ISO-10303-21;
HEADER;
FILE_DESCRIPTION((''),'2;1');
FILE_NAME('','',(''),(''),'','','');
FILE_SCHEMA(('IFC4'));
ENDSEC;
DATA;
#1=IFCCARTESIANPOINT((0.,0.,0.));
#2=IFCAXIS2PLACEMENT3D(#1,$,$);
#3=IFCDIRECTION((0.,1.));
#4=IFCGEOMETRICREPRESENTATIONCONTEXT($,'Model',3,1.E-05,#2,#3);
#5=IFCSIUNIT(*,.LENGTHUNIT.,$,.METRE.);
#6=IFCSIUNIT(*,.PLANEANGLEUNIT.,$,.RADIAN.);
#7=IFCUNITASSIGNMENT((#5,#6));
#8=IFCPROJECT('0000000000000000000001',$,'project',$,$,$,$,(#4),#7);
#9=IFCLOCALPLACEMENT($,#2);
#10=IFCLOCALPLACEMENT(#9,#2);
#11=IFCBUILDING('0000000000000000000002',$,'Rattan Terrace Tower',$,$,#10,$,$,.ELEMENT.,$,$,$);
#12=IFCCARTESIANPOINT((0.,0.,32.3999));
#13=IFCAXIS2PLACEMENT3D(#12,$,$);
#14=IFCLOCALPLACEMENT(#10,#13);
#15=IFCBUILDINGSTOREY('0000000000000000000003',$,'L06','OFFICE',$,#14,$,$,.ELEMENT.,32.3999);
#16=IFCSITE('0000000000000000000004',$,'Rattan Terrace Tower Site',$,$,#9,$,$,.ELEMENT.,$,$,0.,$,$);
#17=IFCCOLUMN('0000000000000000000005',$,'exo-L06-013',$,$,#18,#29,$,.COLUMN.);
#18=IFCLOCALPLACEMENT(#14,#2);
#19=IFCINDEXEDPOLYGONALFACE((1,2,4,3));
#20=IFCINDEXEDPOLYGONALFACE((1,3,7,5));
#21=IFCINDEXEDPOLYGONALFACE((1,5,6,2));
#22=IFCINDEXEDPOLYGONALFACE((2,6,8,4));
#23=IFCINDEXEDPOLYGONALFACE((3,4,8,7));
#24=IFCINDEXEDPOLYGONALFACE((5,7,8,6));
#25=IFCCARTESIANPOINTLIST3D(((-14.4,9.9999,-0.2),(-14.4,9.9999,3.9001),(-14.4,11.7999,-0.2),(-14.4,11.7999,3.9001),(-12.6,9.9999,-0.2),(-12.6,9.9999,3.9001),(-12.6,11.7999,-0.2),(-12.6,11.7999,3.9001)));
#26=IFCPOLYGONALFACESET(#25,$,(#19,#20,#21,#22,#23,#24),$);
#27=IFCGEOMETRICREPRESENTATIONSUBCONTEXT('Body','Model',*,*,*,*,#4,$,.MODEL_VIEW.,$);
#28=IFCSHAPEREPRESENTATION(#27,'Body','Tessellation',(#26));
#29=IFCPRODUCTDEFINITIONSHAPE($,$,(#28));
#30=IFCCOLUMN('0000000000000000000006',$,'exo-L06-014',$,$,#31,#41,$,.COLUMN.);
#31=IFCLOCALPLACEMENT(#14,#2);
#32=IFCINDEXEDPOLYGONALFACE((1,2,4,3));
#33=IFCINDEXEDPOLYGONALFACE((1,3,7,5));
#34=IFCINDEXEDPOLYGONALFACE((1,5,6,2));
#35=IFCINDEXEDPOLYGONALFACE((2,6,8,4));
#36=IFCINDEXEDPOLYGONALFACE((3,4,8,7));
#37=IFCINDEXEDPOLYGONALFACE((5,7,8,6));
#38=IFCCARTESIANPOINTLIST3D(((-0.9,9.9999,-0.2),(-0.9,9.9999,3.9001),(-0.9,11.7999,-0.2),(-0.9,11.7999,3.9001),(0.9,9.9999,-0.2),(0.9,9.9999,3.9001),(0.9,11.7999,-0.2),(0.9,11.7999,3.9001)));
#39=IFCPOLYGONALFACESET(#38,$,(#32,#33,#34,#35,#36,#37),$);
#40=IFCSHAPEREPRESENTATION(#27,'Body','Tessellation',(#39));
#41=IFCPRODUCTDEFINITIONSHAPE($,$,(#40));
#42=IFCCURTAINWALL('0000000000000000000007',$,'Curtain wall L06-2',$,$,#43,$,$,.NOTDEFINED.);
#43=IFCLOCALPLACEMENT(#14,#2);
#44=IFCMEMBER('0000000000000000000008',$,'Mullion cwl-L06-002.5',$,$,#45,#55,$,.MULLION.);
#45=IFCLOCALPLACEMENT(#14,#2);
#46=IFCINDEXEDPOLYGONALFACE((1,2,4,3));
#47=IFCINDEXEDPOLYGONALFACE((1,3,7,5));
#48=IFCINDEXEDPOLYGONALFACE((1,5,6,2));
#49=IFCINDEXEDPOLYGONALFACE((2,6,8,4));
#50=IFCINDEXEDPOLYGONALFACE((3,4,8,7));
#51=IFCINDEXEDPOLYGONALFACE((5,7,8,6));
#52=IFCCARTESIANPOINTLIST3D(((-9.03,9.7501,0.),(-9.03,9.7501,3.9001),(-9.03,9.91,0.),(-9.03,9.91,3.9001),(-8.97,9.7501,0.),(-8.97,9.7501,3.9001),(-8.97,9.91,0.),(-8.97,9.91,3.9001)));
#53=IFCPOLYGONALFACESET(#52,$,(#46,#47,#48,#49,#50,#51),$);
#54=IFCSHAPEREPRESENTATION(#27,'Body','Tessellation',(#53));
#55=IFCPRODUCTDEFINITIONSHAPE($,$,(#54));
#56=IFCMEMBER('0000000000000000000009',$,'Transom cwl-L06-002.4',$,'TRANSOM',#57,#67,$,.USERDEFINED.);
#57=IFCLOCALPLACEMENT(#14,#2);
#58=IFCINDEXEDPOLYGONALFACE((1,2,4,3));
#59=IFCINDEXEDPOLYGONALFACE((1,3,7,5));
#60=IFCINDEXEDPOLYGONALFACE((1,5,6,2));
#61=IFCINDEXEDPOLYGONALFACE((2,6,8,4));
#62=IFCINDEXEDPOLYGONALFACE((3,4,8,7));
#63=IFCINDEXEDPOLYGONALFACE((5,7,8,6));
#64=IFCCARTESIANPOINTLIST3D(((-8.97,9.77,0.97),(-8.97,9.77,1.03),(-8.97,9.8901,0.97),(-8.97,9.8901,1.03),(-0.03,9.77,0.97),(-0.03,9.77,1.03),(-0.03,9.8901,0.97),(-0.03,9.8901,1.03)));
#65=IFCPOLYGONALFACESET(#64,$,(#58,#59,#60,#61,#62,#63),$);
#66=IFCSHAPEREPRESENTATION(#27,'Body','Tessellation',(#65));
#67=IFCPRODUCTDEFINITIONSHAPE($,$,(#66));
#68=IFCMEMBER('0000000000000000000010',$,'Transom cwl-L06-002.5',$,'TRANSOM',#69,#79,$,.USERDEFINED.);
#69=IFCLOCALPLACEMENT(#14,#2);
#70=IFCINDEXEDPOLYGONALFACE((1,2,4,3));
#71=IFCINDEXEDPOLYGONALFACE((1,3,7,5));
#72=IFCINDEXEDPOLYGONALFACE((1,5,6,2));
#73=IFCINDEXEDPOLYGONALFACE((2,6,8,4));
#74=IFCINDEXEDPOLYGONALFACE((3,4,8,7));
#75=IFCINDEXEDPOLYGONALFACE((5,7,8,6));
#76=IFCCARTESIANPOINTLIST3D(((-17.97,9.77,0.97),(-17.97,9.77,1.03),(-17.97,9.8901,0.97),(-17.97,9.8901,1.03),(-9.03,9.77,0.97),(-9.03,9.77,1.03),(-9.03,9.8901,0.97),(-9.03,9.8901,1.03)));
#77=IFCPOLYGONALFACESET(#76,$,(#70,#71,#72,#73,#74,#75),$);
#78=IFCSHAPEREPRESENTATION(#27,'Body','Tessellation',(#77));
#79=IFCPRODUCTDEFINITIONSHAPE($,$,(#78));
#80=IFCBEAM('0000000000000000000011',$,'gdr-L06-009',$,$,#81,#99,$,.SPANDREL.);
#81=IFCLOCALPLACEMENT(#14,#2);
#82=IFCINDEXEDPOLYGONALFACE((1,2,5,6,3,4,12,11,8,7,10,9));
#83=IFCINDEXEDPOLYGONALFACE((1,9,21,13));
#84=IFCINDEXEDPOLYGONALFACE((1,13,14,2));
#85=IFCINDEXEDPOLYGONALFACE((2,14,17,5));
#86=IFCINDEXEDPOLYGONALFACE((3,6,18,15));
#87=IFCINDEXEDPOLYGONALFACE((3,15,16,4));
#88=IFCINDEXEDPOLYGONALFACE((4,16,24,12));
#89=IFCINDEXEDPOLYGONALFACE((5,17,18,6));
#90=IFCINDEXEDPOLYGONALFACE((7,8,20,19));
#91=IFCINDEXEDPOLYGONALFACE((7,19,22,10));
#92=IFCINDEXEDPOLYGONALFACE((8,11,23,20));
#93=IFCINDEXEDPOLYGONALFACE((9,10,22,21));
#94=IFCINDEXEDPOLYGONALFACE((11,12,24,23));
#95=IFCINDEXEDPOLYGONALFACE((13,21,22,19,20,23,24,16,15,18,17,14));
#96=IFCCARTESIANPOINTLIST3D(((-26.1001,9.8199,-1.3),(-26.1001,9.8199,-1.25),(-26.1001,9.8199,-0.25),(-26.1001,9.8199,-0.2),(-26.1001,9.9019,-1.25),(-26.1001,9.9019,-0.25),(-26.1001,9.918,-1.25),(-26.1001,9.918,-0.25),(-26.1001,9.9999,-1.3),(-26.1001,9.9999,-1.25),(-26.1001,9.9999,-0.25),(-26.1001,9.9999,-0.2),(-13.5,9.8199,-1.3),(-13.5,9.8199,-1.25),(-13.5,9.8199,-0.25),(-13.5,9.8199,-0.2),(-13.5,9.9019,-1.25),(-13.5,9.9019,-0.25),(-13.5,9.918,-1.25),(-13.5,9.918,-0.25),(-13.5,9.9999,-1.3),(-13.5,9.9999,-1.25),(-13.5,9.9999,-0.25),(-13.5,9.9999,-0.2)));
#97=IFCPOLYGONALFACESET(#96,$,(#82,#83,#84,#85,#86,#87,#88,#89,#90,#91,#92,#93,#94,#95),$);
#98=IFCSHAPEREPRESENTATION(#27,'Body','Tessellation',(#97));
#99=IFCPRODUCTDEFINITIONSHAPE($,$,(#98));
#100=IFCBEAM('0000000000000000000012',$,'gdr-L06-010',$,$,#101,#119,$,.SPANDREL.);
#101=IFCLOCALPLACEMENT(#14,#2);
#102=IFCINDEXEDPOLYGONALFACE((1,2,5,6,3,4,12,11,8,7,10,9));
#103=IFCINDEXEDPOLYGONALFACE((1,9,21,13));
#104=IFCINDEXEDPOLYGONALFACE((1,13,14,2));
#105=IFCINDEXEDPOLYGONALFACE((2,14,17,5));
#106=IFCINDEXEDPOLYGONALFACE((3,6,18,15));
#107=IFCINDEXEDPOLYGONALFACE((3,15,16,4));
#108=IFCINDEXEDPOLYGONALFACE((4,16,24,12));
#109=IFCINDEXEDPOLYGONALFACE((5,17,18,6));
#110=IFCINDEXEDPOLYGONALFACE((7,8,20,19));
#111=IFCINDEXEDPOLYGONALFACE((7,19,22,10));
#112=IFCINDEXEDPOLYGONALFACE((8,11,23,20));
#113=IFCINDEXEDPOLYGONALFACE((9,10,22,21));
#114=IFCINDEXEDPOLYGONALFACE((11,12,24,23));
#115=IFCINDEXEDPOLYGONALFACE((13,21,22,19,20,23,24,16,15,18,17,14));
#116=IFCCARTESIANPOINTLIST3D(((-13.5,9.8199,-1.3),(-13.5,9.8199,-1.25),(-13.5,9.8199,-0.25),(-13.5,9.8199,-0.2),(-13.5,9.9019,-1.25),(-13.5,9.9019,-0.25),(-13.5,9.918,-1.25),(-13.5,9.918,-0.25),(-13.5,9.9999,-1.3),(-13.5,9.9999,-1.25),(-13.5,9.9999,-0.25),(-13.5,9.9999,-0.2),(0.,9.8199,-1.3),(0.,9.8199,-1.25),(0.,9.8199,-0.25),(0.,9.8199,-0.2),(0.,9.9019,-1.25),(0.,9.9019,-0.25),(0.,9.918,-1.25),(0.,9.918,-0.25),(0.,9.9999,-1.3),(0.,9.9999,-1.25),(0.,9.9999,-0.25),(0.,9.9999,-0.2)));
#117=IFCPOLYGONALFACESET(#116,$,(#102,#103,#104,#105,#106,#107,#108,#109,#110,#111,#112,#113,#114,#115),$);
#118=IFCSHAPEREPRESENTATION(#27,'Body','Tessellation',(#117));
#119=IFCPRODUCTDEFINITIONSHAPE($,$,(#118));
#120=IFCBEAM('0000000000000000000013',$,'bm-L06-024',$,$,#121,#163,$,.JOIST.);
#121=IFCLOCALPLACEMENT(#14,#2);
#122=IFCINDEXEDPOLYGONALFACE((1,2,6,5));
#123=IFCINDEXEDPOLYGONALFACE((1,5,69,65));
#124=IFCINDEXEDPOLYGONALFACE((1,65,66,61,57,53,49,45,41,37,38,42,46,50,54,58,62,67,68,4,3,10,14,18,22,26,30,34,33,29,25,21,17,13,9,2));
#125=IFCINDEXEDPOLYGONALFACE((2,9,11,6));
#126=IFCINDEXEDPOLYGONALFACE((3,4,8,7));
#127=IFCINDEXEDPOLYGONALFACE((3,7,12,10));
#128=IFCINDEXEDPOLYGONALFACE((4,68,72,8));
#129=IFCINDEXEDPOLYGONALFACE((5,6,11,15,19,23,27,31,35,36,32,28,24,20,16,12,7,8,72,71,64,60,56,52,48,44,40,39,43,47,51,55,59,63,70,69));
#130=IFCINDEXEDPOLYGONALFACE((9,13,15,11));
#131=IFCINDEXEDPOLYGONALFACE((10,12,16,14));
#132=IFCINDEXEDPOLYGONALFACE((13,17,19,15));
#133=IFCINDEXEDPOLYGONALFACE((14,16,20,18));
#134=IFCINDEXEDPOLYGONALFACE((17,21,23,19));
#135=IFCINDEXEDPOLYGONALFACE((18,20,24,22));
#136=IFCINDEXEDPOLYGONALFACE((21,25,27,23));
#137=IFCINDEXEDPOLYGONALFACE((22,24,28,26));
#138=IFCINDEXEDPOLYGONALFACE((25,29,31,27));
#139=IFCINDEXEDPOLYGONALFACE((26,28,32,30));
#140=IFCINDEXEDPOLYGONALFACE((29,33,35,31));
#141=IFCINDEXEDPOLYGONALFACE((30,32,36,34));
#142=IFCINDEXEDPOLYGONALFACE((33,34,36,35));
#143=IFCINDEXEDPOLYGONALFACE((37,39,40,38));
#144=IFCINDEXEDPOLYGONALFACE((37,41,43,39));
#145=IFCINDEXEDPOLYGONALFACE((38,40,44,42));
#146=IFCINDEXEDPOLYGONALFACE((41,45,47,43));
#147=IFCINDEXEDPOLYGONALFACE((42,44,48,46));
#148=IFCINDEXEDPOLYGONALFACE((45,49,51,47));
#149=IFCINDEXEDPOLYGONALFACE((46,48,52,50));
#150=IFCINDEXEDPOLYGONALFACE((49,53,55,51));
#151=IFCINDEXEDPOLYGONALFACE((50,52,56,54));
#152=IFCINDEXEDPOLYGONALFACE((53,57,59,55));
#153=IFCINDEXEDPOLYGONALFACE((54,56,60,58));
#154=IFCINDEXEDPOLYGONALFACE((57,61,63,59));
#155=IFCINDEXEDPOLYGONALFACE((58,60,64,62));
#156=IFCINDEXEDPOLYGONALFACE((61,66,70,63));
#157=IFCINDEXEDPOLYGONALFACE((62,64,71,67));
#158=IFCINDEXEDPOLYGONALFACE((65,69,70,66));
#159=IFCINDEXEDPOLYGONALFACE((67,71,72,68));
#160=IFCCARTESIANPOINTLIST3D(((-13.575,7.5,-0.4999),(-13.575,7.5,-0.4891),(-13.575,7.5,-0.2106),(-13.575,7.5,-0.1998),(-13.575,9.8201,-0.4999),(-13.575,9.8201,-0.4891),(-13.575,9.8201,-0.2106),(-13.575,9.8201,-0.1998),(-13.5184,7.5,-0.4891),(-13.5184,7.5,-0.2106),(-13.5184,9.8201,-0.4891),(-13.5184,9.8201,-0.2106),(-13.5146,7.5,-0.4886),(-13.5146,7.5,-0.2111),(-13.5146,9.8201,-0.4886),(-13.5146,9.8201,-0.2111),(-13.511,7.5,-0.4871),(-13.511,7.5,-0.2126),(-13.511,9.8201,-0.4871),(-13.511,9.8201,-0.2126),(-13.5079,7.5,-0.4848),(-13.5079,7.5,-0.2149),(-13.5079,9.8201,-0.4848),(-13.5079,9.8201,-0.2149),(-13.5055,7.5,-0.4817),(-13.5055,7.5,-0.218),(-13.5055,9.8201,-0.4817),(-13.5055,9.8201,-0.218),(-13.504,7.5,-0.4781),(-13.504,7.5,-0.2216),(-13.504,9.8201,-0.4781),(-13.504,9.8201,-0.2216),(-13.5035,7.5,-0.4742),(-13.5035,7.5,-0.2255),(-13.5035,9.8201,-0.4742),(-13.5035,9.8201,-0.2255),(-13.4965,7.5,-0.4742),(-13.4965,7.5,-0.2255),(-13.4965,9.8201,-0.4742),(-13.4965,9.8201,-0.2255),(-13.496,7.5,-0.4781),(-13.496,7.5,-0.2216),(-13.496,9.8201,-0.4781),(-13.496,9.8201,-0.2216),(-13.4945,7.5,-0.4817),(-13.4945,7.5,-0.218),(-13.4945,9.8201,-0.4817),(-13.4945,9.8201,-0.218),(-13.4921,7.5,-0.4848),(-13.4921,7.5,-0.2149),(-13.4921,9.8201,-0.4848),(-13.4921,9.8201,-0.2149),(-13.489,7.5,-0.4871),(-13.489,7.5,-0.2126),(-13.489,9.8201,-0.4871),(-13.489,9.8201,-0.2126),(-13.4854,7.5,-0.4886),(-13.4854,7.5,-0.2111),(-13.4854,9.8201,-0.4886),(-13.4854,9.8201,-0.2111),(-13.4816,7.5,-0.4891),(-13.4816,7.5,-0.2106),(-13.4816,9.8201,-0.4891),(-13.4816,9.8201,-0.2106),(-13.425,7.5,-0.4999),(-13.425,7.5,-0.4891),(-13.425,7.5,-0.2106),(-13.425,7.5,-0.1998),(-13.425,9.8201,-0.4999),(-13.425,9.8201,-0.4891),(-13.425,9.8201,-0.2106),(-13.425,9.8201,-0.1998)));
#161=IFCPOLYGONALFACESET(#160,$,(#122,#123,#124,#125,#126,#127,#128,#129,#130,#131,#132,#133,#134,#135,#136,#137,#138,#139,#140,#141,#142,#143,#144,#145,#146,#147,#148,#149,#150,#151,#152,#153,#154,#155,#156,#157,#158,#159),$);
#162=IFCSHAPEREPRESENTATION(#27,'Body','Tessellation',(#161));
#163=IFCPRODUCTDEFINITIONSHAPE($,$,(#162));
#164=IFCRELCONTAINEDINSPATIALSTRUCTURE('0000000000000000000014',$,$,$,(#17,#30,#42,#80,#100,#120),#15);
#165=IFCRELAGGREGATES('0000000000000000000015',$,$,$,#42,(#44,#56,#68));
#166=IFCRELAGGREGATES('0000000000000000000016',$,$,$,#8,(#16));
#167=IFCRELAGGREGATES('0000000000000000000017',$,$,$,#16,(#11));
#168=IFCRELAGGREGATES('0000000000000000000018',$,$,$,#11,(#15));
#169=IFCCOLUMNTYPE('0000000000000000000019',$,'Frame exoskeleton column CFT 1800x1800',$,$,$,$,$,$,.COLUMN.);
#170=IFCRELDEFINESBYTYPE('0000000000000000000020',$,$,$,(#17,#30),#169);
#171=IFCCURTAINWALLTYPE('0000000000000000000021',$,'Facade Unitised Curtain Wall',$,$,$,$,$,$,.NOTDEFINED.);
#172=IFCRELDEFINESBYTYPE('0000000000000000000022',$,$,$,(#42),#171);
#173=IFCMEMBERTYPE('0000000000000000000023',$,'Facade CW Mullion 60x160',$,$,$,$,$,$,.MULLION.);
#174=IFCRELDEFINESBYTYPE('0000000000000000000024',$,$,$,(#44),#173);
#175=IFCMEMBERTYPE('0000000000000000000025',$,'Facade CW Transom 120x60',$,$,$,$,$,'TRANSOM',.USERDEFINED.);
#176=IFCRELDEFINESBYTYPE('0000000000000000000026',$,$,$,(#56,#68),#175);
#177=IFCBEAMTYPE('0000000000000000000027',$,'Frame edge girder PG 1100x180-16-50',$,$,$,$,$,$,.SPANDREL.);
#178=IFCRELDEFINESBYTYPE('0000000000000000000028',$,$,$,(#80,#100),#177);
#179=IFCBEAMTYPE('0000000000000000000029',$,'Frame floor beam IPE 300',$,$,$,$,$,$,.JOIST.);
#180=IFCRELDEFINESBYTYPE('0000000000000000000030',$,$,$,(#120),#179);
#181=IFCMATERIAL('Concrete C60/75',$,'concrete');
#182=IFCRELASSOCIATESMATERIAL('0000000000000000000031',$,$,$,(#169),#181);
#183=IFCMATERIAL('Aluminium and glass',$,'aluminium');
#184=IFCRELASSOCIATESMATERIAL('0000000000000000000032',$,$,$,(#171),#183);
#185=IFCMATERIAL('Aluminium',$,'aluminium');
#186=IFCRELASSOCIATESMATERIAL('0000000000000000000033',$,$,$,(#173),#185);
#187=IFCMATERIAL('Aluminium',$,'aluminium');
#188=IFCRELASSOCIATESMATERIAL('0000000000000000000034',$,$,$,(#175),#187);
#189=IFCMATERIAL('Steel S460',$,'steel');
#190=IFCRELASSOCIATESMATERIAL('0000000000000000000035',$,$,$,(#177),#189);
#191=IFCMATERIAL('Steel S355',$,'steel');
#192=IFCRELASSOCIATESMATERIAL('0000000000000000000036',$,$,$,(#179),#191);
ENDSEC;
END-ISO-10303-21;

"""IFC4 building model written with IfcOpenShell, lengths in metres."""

from ifc_helpers import new_model, si_unit, direction, frame, origin, origin_2d, place, context, subcontext, project, spatial, rectangle, i_section, extrude, material, material_profile, profile_set, type_object, element, aggregate, save


model = new_model("IFC4")

# Units and contexts
model_context = context("Model", 3, precision=1e-05, world=origin(), true_north=direction((0.0, 1.0)))
body_context = subcontext(model_context, "Body", "Model", "MODEL_VIEW")
ifc_project = project(units=[si_unit("LENGTHUNIT", "METRE"), si_unit("PLANEANGLEUNIT", "RADIAN")], contexts=[model_context])

# Site, building, storey
site_placement = place(None, origin())
site = spatial("IfcSite", under=ifc_project, at=site_placement, Name="Rattan Terrace Tower Site", CompositionType="ELEMENT", RefElevation=0.0)
building_placement = place(site_placement, origin())
building = spatial("IfcBuilding", under=site, at=building_placement, Name="Rattan Terrace Tower", CompositionType="ELEMENT")
storey_placement = place(building_placement, frame((0.0, 0.0, 32.3999)))
storey = spatial("IfcBuildingStorey", under=building, at=storey_placement, Name="L06", Description="OFFICE", CompositionType="ELEMENT", Elevation=32.3999)

# Columns
ifc_material_1 = material(Name="Concrete C60/75", Category="concrete")
ifc_material_profile_1 = material_profile(ifc_material_1, rectangle(XDim=1.8, YDim=1.8, at=origin_2d()), Name="CFT 1800x1800")
ifc_profile_set_1 = profile_set([ifc_material_profile_1], Name="Concrete C60/75")
column_type = type_object("IfcColumnType", Name="Frame exoskeleton column CFT 1800x1800", PredefinedType="COLUMN", material=ifc_profile_set_1)
for number, where, z_axis, x_axis, name in (
    (1, (-13.5, 10.8999, -0.2), (0.0, 0.0, 1.0), (1.0, 0.0, 0.0), "exo-L06-013"),
    (2, (0.0, 10.8999, -0.2), (0.0, 0.0, 1.0), (1.0, 0.0, 0.0), "exo-L06-014"),
):
    element("IfcColumn", number, at=place(storey_placement, frame(where, z_axis=z_axis, x_axis=x_axis)), inside=storey, type_object=column_type, Name=name, PredefinedType="COLUMN", context=body_context, shape_type="SweptSolid", body=[
        extrude(rectangle(XDim=1.8, YDim=1.8, at=origin_2d()), origin(), (0.0, 0.0, 1.0), 4.1001),
    ])

# Curtain wall, members
ifc_material_2 = material(Name="Aluminium and glass", Category="aluminium")
curtain_wall_type = type_object("IfcCurtainWallType", Name="Facade Unitised Curtain Wall", PredefinedType="NOTDEFINED", material=ifc_material_2)
curtain_wall_placement = place(storey_placement, origin())
curtain_wall = element("IfcCurtainWall", 3, at=curtain_wall_placement, inside=storey, type_object=curtain_wall_type, Name="Curtain wall L06-2", PredefinedType="NOTDEFINED")
ifc_material_3 = material(Name="Aluminium", Category="aluminium")
ifc_material_profile_2 = material_profile(ifc_material_3, rectangle(XDim=0.0601, YDim=0.1599, at=origin_2d()), Name="Aluminium 60x160")
ifc_profile_set_2 = profile_set([ifc_material_profile_2], Name="Aluminium")
member_type_1 = type_object("IfcMemberType", Name="Facade CW Mullion 60x160", PredefinedType="MULLION", material=ifc_profile_set_2)
member_1_placement = place(storey_placement, frame((-9.0, 9.8301, 0.0), z_axis=(0.0, 0.0, 1.0), x_axis=(-1.0, 0.0, 0.0)))
member_1 = element("IfcMember", 4, at=member_1_placement, type_object=member_type_1, Name="Mullion cwl-L06-002.5", PredefinedType="MULLION", context=body_context, shape_type="SweptSolid", body=[
    extrude(rectangle(XDim=0.0601, YDim=0.1599, at=origin_2d()), origin(), (0.0, 0.0, 1.0), 3.9001),
])
ifc_material_4 = material(Name="Aluminium", Category="aluminium")
ifc_material_profile_3 = material_profile(ifc_material_4, rectangle(XDim=0.1201, YDim=0.0601, at=origin_2d()), Name="Aluminium 120x60")
ifc_profile_set_3 = profile_set([ifc_material_profile_3], Name="Aluminium")
member_type_2 = type_object("IfcMemberType", Name="Facade CW Transom 120x60", ElementType="TRANSOM", PredefinedType="USERDEFINED", material=ifc_profile_set_3)
member_2_placement = place(storey_placement, frame((-0.03, 9.8301, 1.0), z_axis=(-1.0, 0.0, 0.0), x_axis=(0.0, -1.0, 0.0)))
member_2 = element("IfcMember", 5, at=member_2_placement, type_object=member_type_2, Name="Transom cwl-L06-002.4", ObjectType="TRANSOM", PredefinedType="USERDEFINED", context=body_context, shape_type="SweptSolid", body=[
    extrude(rectangle(XDim=0.1201, YDim=0.0601, at=origin_2d()), origin(), (0.0, 0.0, 1.0), 8.9399),
])
member_3_placement = place(storey_placement, frame((-9.03, 9.8301, 1.0), z_axis=(-1.0, 0.0, 0.0), x_axis=(0.0, -1.0, 0.0)))
member_3 = element("IfcMember", 6, at=member_3_placement, type_object=member_type_2, Name="Transom cwl-L06-002.5", ObjectType="TRANSOM", PredefinedType="USERDEFINED", context=body_context, shape_type="SweptSolid", body=[
    extrude(rectangle(XDim=0.1201, YDim=0.0601, at=origin_2d()), origin(), (0.0, 0.0, 1.0), 8.9399),
])

# Beams
ifc_material_5 = material(Name="Steel S460", Category="steel")
ifc_material_profile_4 = material_profile(ifc_material_5, i_section(OverallWidth=0.1799, OverallDepth=1.1001, WebThickness=0.0161, FlangeThickness=0.05, at=origin_2d()), Name="PG 1100x180-16-50")
ifc_profile_set_4 = profile_set([ifc_material_profile_4], Name="Steel S460")
beam_type_1 = type_object("IfcBeamType", Name="Frame edge girder PG 1100x180-16-50", PredefinedType="SPANDREL", material=ifc_profile_set_4)
beam_1_placement = place(storey_placement, frame((-13.5, 9.9099, -0.75), z_axis=(-1.0, 0.0, 0.0), x_axis=(0.0, -1.0, 0.0)))
element("IfcBeam", 7, at=beam_1_placement, inside=storey, type_object=beam_type_1, Name="gdr-L06-009", PredefinedType="SPANDREL", context=body_context, shape_type="SweptSolid", body=[
    extrude(i_section(OverallWidth=0.1799, OverallDepth=1.1001, WebThickness=0.0161, FlangeThickness=0.05, at=origin_2d()), origin(), (0.0, 0.0, 1.0), 12.6001),
])
beam_2_placement = place(storey_placement, frame((0.0, 9.9099, -0.75), z_axis=(-1.0, 0.0, 0.0), x_axis=(0.0, -1.0, 0.0)))
element("IfcBeam", 8, at=beam_2_placement, inside=storey, type_object=beam_type_1, Name="gdr-L06-010", PredefinedType="SPANDREL", context=body_context, shape_type="SweptSolid", body=[
    extrude(i_section(OverallWidth=0.1799, OverallDepth=1.1001, WebThickness=0.0161, FlangeThickness=0.05, at=origin_2d()), origin(), (0.0, 0.0, 1.0), 13.5),
])
ifc_material_6 = material(Name="Steel S355", Category="steel")
ifc_material_profile_5 = material_profile(ifc_material_6, i_section(OverallWidth=0.1499, OverallDepth=0.3, WebThickness=0.0071, FlangeThickness=0.0107, FilletRadius=0.0149, at=origin_2d()), Name="IPE 300")
ifc_profile_set_5 = profile_set([ifc_material_profile_5], Name="Steel S355")
beam_type_2 = type_object("IfcBeamType", Name="Frame floor beam IPE 300", PredefinedType="JOIST", material=ifc_profile_set_5)
for number, where, z_axis, x_axis, name in (
    (9, (-13.5, 7.5, -0.3499), (0.0, 1.0, 0.0), (-1.0, 0.0, 0.0), "bm-L06-024"),
):
    element("IfcBeam", number, at=place(storey_placement, frame(where, z_axis=z_axis, x_axis=x_axis)), inside=storey, type_object=beam_type_2, Name=name, PredefinedType="JOIST", context=body_context, shape_type="SweptSolid", body=[
        extrude(i_section(OverallWidth=0.1499, OverallDepth=0.3, WebThickness=0.0071, FlangeThickness=0.0107, FilletRadius=0.0149, at=origin_2d()), origin(), (0.0, 0.0, 1.0), 2.3201),
    ])

aggregate(curtain_wall, [member_1, member_2, member_3])

save(model, "model.ifc")
